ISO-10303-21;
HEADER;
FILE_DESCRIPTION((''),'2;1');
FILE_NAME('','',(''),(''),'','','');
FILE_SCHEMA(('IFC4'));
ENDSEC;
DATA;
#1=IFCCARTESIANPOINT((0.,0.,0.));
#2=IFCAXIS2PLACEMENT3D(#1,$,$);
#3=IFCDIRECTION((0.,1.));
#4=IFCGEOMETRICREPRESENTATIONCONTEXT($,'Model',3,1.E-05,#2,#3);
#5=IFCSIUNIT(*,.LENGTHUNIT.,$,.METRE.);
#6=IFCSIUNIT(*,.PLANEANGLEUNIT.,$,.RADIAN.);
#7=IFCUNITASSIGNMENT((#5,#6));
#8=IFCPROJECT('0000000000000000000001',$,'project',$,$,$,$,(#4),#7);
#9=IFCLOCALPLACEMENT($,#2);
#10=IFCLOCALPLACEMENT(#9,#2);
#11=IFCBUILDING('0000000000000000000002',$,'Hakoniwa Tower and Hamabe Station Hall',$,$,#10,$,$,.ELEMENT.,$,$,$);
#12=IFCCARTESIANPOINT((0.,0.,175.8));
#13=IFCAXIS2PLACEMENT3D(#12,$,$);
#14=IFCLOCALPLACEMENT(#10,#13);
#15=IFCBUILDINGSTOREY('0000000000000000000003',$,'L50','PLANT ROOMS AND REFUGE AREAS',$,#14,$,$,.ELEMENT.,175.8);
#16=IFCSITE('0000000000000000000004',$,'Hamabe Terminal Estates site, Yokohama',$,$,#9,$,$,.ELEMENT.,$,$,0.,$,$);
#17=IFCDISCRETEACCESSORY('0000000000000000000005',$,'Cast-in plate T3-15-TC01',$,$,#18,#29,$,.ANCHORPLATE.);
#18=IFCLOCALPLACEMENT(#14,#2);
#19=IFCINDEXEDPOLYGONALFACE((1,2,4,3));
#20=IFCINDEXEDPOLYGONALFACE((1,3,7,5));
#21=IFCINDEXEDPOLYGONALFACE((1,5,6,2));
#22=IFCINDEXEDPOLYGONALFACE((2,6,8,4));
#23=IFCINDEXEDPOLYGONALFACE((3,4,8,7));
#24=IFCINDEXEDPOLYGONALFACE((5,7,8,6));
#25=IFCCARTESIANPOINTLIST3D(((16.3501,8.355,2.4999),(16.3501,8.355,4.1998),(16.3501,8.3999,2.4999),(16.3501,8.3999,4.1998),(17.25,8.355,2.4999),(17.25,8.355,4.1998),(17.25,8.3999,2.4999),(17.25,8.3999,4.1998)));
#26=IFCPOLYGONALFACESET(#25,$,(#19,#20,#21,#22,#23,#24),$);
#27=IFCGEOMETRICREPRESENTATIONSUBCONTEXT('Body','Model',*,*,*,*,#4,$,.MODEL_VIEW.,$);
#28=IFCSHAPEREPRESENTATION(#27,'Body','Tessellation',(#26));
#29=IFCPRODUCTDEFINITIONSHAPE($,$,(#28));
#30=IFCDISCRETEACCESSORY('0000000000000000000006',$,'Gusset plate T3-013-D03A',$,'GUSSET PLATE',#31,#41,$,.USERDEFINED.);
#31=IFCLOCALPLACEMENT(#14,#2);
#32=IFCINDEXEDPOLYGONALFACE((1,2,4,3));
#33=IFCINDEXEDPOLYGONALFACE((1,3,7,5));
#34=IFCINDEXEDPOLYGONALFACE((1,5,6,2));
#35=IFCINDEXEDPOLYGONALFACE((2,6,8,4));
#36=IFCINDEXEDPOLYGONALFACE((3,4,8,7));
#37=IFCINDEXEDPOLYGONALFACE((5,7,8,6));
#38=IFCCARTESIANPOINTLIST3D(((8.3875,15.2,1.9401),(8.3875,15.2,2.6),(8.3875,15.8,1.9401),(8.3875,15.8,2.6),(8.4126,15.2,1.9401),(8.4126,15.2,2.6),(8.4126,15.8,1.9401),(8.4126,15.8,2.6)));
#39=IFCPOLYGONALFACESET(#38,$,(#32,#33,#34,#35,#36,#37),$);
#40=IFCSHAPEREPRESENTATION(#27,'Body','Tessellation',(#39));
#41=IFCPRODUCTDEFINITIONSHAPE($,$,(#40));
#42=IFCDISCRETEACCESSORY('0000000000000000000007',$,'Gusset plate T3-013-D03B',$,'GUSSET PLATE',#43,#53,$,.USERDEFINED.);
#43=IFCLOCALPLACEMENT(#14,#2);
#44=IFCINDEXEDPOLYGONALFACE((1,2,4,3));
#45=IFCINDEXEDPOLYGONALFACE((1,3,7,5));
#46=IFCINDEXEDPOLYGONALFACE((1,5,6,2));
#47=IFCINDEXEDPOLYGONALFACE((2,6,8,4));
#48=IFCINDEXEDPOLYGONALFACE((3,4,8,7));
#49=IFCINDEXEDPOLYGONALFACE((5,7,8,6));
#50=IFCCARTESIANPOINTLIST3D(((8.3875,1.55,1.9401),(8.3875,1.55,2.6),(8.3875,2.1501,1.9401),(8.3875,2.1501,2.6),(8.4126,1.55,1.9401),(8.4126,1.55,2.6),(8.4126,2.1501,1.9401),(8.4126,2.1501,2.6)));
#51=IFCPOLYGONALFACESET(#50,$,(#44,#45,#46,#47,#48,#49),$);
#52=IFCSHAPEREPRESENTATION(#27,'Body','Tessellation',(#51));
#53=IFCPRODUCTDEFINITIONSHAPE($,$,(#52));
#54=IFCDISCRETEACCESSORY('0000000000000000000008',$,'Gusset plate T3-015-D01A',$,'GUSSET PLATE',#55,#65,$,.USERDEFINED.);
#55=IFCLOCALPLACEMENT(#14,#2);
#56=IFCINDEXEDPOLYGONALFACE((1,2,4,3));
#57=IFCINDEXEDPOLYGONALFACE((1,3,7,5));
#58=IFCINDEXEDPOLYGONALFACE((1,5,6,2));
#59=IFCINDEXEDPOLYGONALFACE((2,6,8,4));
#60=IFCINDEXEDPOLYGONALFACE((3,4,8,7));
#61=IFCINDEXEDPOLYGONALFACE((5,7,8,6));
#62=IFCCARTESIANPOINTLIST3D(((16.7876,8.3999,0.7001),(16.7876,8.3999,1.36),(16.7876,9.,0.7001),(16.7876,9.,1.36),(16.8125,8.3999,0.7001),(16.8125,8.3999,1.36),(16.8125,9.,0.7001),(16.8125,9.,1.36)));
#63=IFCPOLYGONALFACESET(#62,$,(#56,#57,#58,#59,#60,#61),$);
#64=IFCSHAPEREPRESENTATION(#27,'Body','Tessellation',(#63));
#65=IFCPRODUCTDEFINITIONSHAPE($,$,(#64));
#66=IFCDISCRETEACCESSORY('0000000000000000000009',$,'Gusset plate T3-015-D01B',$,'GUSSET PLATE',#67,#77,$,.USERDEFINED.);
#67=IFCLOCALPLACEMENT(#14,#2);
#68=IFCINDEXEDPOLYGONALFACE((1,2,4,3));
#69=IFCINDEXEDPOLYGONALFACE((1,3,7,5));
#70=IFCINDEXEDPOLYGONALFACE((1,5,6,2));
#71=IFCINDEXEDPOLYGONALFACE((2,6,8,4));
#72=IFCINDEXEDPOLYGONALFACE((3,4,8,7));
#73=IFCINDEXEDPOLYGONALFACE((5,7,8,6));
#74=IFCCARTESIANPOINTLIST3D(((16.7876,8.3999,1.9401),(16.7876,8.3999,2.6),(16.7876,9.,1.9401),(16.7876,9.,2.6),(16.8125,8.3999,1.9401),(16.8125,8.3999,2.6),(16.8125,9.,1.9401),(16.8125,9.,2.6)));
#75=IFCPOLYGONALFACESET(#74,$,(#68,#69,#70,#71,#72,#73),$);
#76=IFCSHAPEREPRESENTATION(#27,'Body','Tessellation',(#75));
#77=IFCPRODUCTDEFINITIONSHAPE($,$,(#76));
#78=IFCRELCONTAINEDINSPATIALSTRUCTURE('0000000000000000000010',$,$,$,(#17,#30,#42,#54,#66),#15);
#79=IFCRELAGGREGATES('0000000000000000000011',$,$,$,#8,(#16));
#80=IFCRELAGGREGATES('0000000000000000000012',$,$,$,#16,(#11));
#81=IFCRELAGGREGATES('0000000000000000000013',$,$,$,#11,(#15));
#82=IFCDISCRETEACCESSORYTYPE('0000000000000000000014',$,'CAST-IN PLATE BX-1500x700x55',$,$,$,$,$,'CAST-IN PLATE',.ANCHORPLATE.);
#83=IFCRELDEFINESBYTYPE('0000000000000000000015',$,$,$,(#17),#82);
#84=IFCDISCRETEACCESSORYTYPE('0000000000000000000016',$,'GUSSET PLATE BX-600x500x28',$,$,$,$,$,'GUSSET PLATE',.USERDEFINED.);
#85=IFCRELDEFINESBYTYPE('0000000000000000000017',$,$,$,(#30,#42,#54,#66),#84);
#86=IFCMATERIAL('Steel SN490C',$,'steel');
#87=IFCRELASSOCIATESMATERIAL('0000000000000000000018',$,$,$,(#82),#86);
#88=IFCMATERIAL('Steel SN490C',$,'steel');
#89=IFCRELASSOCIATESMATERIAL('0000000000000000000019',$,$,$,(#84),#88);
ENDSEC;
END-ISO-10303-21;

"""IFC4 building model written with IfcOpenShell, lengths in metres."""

from ifc_helpers import new_model, si_unit, direction, frame, origin, origin_2d, place, context, subcontext, project, spatial, rectangle, extrude, material, material_profile, profile_set, type_object, element, save


model = new_model("IFC4")

# Units and contexts
model_context = context("Model", 3, precision=1e-05, world=origin(), true_north=direction((0.0, 1.0)))
body_context = subcontext(model_context, "Body", "Model", "MODEL_VIEW")
ifc_project = project(units=[si_unit("LENGTHUNIT", "METRE"), si_unit("PLANEANGLEUNIT", "RADIAN")], contexts=[model_context])

# Site, building, storey
site_placement = place(None, origin())
site = spatial("IfcSite", under=ifc_project, at=site_placement, Name="Hamabe Terminal Estates site, Yokohama", CompositionType="ELEMENT", RefElevation=0.0)
building_placement = place(site_placement, origin())
building = spatial("IfcBuilding", under=site, at=building_placement, Name="Hakoniwa Tower and Hamabe Station Hall", CompositionType="ELEMENT")
storey_placement = place(building_placement, frame((0.0, 0.0, 175.8)))
storey = spatial("IfcBuildingStorey", under=building, at=storey_placement, Name="L50", Description="PLANT ROOMS AND REFUGE AREAS", CompositionType="ELEMENT", Elevation=175.8)

# Discrete accessories
ifc_material_1 = material(Name="Steel SN490C", Category="steel")
ifc_material_profile_1 = material_profile(ifc_material_1, rectangle(XDim=0.8999, YDim=1.7, at=origin_2d()), Name="CAST-IN PLATE BX-1500x700x55")
ifc_profile_set_1 = profile_set([ifc_material_profile_1], Name="Steel SN490C")
discrete_accessory_type_1 = type_object("IfcDiscreteAccessoryType", Name="CAST-IN PLATE BX-1500x700x55", ElementType="CAST-IN PLATE", PredefinedType="ANCHORPLATE", material=ifc_profile_set_1)
discrete_accessory_1_placement = place(storey_placement, frame((16.8, 8.355, 3.3499), z_axis=(0.0, 1.0, 0.0), x_axis=(-1.0, 0.0, 0.0)))
element("IfcDiscreteAccessory", 1, at=discrete_accessory_1_placement, inside=storey, type_object=discrete_accessory_type_1, Name="Cast-in plate T3-15-TC01", PredefinedType="ANCHORPLATE", context=body_context, shape_type="SweptSolid", body=[
    extrude(rectangle(XDim=0.8999, YDim=1.7, at=origin_2d()), origin(), (0.0, 0.0, 1.0), 0.0449),
])
ifc_material_2 = material(Name="Steel SN490C", Category="steel")
ifc_material_profile_2 = material_profile(ifc_material_2, rectangle(XDim=0.6001, YDim=0.6599, at=origin_2d()), Name="GUSSET PLATE BX-600x500x28")
ifc_profile_set_2 = profile_set([ifc_material_profile_2], Name="Steel SN490C")
discrete_accessory_type_2 = type_object("IfcDiscreteAccessoryType", Name="GUSSET PLATE BX-600x500x28", ElementType="GUSSET PLATE", PredefinedType="USERDEFINED", material=ifc_profile_set_2)
for number, where, z_axis, x_axis, name in (
    (2, (8.4126, 15.5, 2.27), (-1.0, 0.0, 0.0), (0.0, -1.0, 0.0), "Gusset plate T3-013-D03A"),
    (3, (8.4126, 1.8501, 2.27), (-1.0, 0.0, 0.0), (0.0, -1.0, 0.0), "Gusset plate T3-013-D03B"),
):
    element("IfcDiscreteAccessory", number, at=place(storey_placement, frame(where, z_axis=z_axis, x_axis=x_axis)), inside=storey, type_object=discrete_accessory_type_2, Name=name, ObjectType="GUSSET PLATE", PredefinedType="USERDEFINED", context=body_context, shape_type="SweptSolid", body=[
        extrude(rectangle(XDim=0.6001, YDim=0.6599, at=origin_2d()), origin(), (0.0, 0.0, 1.0), 0.0251),
    ])
for number, where, z_axis, x_axis, name in (
    (4, (16.8125, 8.7, 1.03), (-1.0, 0.0, 0.0), (0.0, -1.0, 0.0), "Gusset plate T3-015-D01A"),
    (5, (16.8125, 8.7, 2.27), (-1.0, 0.0, 0.0), (0.0, -1.0, 0.0), "Gusset plate T3-015-D01B"),
):
    element("IfcDiscreteAccessory", number, at=place(storey_placement, frame(where, z_axis=z_axis, x_axis=x_axis)), inside=storey, type_object=discrete_accessory_type_2, Name=name, ObjectType="GUSSET PLATE", PredefinedType="USERDEFINED", context=body_context, shape_type="SweptSolid", body=[
        extrude(rectangle(XDim=0.6001, YDim=0.6599, at=origin_2d()), origin(), (0.0, 0.0, 1.0), 0.0249),
    ])

save(model, "model.ifc")
